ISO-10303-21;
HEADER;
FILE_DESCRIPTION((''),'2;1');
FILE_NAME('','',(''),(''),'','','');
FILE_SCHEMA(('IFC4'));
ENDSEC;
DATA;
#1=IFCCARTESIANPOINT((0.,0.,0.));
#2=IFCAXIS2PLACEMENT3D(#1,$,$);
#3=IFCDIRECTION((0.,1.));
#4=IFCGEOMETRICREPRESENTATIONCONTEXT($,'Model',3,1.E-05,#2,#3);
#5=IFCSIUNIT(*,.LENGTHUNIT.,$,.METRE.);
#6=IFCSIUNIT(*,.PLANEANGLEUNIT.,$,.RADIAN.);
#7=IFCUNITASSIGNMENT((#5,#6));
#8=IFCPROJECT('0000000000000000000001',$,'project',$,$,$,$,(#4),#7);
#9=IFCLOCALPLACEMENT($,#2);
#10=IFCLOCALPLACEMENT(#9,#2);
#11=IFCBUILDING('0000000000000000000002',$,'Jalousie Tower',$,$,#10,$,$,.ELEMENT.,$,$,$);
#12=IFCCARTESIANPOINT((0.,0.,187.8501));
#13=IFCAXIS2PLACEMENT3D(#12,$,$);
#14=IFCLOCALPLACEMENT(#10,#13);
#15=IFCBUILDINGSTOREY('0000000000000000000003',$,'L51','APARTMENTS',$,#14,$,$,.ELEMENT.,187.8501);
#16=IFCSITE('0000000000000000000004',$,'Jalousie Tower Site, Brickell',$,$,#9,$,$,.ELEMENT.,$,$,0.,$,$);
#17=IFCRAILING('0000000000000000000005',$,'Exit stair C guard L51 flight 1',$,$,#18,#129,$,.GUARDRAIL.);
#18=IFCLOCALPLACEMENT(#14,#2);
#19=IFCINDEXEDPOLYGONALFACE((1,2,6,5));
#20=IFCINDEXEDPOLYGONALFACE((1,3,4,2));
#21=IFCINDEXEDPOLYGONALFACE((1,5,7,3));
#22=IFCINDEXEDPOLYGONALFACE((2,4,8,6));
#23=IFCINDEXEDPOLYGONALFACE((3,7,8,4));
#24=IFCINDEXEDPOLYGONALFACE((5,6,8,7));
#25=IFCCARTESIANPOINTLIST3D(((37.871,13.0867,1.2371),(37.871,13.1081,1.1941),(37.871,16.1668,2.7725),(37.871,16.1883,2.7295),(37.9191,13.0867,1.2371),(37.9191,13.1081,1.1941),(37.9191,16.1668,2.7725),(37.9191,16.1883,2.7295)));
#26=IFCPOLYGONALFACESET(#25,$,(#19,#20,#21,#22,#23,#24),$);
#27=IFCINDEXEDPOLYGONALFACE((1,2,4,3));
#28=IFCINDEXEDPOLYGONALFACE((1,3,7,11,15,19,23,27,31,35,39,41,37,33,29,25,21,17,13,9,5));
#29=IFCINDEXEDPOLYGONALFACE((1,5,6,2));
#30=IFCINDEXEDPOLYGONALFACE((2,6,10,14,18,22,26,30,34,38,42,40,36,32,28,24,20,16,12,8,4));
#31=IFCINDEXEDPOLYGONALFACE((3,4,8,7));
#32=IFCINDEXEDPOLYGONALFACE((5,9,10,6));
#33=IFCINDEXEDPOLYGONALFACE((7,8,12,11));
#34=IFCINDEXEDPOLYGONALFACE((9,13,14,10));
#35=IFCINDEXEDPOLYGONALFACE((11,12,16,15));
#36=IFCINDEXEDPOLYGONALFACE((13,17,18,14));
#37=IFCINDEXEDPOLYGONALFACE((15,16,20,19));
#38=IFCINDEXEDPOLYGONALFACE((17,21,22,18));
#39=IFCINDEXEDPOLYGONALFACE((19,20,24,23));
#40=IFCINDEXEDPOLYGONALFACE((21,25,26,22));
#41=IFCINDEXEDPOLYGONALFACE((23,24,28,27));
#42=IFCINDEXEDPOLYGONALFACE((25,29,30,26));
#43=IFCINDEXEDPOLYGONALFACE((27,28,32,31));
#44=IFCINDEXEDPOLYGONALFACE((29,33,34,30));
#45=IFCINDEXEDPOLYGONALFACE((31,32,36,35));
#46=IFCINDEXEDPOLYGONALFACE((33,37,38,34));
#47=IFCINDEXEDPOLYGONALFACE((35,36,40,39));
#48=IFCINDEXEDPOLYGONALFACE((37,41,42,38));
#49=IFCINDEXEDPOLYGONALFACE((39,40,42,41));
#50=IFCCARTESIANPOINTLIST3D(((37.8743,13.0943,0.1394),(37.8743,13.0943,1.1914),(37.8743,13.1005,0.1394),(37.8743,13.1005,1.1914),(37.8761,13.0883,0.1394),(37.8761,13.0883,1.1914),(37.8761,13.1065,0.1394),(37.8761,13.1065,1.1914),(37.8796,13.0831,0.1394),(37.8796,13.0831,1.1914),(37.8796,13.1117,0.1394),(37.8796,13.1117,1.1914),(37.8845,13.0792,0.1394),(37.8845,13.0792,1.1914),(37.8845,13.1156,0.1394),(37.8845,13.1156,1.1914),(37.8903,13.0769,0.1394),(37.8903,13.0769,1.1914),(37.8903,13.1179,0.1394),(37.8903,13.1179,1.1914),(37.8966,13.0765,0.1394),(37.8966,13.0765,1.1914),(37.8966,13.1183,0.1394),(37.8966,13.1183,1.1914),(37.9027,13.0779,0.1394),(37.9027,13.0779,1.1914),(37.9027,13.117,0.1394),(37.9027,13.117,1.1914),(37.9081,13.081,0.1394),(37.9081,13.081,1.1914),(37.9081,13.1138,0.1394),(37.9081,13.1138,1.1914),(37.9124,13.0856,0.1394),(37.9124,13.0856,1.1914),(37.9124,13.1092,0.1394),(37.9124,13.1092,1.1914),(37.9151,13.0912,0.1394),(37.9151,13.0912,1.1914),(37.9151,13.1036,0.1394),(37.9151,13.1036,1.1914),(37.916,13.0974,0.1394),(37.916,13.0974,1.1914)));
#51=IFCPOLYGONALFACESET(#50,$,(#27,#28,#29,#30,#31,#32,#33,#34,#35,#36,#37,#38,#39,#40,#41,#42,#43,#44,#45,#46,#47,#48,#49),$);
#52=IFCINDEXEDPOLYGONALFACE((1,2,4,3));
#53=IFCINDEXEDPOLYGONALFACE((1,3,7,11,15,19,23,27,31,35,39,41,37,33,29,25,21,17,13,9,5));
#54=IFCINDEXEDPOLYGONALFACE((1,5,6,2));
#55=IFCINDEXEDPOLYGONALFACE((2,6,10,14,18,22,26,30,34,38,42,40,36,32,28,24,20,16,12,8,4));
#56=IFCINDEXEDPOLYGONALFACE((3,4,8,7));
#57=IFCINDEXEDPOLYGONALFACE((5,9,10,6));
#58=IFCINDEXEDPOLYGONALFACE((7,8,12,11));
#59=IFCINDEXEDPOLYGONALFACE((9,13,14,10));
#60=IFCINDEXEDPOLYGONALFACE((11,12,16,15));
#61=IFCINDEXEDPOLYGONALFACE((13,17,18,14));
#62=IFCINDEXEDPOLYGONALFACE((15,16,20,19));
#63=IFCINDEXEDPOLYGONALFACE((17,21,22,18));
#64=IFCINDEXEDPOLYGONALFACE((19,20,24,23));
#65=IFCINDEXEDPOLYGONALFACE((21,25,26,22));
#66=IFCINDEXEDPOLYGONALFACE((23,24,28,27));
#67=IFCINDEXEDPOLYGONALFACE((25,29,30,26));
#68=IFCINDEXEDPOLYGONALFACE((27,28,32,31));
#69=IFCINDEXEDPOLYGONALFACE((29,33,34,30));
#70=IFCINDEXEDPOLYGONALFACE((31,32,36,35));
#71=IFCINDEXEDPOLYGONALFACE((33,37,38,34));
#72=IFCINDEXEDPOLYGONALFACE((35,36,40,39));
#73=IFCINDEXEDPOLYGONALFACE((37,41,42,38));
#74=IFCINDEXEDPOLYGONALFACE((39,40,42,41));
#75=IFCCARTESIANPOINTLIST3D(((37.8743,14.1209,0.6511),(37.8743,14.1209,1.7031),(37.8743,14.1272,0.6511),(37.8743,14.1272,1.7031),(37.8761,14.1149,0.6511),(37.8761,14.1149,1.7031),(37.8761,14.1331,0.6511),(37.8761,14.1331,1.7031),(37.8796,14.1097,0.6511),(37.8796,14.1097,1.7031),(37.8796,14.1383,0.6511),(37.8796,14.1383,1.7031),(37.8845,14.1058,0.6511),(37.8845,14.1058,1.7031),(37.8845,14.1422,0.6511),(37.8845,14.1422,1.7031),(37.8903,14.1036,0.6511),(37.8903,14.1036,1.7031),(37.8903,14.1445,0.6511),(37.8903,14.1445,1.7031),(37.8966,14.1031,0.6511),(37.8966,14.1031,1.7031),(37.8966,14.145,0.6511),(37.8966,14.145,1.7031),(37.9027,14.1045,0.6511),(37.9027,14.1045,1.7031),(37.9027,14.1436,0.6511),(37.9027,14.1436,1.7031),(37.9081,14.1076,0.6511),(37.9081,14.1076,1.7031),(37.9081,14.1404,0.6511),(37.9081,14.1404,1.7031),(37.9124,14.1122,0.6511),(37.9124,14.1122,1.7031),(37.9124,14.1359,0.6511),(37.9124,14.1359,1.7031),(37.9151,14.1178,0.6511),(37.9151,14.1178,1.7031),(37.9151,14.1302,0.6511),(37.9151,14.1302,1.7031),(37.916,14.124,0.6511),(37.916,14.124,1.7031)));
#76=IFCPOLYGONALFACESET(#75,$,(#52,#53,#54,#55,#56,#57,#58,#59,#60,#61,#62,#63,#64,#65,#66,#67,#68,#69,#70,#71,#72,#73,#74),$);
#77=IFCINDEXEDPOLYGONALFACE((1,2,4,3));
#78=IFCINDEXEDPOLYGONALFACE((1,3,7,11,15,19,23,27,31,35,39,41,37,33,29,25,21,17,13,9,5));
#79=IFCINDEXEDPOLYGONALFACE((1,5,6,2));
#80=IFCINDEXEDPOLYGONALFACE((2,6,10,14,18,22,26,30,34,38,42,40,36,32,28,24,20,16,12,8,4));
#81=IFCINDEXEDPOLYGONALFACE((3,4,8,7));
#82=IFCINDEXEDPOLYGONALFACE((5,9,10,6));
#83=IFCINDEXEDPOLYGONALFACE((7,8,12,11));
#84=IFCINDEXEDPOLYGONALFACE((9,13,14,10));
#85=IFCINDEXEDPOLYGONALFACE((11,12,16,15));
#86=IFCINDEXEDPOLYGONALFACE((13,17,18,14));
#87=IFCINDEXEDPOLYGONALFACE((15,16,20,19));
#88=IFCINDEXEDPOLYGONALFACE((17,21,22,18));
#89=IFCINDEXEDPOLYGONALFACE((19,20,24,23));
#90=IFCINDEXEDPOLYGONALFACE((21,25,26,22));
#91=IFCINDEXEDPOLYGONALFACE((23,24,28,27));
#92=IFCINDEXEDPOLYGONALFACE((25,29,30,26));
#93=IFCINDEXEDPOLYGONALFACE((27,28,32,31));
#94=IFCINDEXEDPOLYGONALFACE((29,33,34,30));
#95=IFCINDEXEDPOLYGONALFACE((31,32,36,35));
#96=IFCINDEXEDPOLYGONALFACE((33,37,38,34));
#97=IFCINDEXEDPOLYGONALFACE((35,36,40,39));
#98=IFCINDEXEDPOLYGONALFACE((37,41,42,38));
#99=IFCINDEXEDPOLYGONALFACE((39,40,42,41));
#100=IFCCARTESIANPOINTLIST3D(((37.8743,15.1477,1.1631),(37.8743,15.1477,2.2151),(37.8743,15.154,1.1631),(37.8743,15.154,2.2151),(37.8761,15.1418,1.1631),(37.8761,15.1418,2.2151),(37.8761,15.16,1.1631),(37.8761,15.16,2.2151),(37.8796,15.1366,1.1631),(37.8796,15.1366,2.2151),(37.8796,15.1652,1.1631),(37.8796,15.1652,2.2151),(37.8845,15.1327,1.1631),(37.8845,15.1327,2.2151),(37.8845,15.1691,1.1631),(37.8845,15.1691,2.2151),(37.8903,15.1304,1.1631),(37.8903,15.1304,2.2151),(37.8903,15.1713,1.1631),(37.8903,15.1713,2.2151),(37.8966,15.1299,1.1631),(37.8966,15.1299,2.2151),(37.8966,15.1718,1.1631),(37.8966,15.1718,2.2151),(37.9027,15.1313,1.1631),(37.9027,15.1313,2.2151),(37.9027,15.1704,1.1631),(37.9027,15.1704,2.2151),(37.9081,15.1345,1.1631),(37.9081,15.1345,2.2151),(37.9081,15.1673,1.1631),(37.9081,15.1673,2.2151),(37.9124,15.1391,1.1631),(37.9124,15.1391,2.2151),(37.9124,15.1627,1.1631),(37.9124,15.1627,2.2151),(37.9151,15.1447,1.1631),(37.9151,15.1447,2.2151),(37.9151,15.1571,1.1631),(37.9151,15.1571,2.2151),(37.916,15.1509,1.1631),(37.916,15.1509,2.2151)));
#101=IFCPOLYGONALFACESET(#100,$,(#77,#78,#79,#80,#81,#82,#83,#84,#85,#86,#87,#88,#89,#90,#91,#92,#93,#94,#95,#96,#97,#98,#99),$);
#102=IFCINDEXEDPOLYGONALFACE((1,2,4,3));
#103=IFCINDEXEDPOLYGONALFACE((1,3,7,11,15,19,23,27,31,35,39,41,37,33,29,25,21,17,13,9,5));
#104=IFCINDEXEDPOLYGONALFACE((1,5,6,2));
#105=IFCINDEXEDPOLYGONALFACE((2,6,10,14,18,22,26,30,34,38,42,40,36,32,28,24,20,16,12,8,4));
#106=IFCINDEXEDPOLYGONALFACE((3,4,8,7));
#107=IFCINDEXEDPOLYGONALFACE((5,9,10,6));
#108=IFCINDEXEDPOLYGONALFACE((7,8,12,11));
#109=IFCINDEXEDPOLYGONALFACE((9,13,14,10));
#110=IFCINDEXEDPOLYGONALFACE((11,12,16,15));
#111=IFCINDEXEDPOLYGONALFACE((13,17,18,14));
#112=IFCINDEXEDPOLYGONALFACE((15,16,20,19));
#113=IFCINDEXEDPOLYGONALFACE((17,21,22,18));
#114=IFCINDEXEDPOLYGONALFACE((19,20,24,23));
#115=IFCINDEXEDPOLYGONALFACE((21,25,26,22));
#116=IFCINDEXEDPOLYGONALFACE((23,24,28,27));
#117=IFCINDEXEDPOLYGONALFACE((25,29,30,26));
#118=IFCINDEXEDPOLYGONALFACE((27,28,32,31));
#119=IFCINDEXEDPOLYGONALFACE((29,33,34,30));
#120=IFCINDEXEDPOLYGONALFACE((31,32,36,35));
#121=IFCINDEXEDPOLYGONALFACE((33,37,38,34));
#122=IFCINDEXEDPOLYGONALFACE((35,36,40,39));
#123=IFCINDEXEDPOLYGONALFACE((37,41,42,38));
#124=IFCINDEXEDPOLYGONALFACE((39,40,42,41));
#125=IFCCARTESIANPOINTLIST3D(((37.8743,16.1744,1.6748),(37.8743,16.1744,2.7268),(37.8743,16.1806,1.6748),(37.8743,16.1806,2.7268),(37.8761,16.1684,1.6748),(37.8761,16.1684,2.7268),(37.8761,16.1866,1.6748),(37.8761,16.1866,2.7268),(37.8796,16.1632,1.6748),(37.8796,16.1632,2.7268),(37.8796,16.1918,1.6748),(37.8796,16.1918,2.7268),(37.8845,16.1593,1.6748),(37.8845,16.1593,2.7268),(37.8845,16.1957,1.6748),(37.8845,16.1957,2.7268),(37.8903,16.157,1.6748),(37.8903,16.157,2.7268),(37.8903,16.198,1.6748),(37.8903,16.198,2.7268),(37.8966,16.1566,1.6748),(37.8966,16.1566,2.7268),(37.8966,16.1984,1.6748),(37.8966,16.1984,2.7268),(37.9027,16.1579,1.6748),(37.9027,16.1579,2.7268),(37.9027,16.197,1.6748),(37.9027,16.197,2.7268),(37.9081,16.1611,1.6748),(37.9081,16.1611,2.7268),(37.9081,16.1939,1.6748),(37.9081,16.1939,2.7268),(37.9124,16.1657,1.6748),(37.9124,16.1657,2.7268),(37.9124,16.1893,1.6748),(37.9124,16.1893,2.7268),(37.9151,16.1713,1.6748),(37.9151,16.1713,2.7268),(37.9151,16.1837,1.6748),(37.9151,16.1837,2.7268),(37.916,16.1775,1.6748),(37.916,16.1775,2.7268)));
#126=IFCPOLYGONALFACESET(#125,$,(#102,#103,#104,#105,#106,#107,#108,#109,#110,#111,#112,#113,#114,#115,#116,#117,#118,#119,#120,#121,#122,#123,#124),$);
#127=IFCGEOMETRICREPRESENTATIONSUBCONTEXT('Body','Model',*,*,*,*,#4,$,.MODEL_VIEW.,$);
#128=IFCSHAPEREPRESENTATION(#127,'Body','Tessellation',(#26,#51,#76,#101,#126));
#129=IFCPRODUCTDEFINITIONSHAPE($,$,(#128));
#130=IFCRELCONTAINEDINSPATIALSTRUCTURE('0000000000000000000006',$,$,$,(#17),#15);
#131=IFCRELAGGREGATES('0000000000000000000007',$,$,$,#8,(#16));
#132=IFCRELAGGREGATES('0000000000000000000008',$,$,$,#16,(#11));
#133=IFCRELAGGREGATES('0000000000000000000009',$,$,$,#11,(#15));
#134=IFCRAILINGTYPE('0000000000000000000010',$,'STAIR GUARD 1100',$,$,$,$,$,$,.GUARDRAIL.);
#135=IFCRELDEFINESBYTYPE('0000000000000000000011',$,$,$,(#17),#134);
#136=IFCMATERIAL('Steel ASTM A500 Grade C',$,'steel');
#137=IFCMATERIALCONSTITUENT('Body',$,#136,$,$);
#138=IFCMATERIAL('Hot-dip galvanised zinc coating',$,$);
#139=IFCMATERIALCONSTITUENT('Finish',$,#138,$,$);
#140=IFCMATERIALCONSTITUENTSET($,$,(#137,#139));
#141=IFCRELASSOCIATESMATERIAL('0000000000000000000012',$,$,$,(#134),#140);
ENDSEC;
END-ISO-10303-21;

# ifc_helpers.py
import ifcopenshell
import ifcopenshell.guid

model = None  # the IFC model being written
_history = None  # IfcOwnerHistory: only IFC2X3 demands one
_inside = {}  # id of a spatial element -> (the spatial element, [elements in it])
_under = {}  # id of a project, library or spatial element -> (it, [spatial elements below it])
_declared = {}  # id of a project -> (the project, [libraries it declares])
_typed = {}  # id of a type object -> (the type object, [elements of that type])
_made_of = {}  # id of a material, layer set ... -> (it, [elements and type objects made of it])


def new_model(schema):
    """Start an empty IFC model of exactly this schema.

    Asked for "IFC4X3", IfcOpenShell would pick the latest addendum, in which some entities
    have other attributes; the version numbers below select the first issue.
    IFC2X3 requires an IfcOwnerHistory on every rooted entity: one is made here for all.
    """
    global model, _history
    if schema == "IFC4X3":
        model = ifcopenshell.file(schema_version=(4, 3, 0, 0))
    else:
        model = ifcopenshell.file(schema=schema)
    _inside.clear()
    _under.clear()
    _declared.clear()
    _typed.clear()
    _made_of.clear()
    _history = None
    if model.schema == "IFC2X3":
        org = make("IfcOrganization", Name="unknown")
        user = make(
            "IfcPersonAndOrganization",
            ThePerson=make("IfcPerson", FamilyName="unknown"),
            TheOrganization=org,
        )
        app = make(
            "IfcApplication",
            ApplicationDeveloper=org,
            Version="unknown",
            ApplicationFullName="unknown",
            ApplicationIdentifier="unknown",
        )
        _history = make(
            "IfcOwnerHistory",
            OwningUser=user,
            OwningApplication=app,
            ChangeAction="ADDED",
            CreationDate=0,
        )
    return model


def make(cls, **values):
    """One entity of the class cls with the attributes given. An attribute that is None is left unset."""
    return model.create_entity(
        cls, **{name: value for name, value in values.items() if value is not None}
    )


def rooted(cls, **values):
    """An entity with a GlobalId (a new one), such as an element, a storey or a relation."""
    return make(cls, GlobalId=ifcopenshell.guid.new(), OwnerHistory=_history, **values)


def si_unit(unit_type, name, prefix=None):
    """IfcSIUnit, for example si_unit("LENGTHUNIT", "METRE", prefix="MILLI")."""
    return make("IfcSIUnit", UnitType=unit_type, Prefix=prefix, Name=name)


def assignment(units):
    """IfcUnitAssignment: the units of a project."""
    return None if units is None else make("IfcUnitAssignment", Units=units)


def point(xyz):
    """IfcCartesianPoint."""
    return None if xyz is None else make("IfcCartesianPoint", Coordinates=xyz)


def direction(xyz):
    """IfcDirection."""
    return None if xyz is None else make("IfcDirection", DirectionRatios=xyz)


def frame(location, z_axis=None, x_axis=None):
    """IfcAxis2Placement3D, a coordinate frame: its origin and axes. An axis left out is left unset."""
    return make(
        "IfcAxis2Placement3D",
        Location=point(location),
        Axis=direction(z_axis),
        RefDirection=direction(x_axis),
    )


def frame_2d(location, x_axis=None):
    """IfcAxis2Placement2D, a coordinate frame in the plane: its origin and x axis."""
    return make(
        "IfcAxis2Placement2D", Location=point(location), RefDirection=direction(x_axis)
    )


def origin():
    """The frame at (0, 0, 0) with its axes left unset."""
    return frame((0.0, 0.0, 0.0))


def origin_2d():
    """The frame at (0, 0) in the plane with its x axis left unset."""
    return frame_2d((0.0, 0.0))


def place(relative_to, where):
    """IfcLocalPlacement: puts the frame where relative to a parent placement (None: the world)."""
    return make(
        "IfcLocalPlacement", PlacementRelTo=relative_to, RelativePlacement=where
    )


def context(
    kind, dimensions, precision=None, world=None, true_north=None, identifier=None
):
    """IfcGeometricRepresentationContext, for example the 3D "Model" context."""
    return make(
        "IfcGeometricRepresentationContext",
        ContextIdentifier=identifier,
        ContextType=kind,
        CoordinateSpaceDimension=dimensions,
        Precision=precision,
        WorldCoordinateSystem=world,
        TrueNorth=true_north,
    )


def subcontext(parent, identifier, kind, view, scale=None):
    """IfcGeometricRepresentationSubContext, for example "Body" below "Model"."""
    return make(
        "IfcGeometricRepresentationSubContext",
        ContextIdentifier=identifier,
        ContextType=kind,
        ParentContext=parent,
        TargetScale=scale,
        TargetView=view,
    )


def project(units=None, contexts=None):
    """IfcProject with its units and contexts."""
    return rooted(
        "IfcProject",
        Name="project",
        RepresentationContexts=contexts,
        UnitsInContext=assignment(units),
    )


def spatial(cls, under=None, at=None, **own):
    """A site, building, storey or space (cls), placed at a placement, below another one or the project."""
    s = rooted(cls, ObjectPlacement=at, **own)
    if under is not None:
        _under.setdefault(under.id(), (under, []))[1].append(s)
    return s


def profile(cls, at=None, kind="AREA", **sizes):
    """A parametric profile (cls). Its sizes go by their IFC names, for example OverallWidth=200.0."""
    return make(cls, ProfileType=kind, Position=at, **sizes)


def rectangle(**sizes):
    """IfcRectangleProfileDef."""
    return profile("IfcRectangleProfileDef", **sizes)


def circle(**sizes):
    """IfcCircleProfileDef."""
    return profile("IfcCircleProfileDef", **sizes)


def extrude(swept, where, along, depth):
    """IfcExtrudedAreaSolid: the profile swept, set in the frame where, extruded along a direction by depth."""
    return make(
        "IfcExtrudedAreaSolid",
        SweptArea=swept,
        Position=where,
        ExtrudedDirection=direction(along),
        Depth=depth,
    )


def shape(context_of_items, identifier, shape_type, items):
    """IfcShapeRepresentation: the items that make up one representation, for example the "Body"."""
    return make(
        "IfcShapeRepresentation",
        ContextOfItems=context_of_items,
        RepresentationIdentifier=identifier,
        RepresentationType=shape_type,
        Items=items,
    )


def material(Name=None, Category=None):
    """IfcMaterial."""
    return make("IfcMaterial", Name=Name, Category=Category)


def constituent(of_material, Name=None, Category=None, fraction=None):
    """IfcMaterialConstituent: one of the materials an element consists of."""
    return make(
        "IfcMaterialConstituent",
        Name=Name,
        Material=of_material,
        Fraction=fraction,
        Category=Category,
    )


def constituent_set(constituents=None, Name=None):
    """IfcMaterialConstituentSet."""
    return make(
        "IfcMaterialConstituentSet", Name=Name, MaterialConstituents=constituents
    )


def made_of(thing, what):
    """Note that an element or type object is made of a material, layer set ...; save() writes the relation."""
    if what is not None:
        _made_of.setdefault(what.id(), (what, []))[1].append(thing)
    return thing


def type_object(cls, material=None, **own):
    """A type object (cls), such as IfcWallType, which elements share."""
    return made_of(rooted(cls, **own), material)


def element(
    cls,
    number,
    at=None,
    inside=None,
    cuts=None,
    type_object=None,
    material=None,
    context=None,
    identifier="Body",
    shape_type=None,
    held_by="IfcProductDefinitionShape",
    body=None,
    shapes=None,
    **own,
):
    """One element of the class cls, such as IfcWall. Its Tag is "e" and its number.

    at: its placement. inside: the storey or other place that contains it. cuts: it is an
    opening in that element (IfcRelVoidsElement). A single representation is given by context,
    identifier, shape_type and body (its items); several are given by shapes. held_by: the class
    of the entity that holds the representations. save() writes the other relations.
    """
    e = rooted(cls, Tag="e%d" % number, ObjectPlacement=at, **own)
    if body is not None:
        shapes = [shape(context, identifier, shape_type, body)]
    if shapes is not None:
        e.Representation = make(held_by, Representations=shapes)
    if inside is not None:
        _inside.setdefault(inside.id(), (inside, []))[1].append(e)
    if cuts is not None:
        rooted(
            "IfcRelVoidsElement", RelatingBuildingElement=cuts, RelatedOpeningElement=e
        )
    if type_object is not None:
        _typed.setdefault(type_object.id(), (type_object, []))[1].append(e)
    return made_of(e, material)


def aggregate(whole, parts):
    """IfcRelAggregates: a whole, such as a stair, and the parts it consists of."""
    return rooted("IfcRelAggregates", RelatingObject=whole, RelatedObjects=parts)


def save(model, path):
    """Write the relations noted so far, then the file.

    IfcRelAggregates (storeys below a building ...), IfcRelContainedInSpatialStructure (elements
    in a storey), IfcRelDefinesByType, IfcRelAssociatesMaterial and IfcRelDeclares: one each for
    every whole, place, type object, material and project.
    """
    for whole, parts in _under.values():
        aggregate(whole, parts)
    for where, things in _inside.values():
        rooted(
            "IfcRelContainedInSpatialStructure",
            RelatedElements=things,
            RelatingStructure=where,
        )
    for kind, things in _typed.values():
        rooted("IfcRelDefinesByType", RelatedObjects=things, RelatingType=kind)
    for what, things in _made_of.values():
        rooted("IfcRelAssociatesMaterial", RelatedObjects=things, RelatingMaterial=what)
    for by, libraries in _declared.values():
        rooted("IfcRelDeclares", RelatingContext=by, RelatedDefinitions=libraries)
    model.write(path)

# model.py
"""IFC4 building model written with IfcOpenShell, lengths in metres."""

from ifc_helpers import new_model, si_unit, direction, frame, origin, origin_2d, place, context, subcontext, project, spatial, rectangle, circle, extrude, material, constituent, constituent_set, type_object, element, save


model = new_model("IFC4")

# Units and contexts
model_context = context("Model", 3, precision=1e-05, world=origin(), true_north=direction((0.0, 1.0)))
body_context = subcontext(model_context, "Body", "Model", "MODEL_VIEW")
ifc_project = project(units=[si_unit("LENGTHUNIT", "METRE"), si_unit("PLANEANGLEUNIT", "RADIAN")], contexts=[model_context])

# Site, building, storey
site_placement = place(None, origin())
site = spatial("IfcSite", under=ifc_project, at=site_placement, Name="Jalousie Tower Site, Brickell", CompositionType="ELEMENT", RefElevation=0.0)
building_placement = place(site_placement, origin())
building = spatial("IfcBuilding", under=site, at=building_placement, Name="Jalousie Tower", CompositionType="ELEMENT")
storey_placement = place(building_placement, frame((0.0, 0.0, 187.8501)))
storey = spatial("IfcBuildingStorey", under=building, at=storey_placement, Name="L51", Description="APARTMENTS", CompositionType="ELEMENT", Elevation=187.8501)

# Railing
ifc_material_1 = material(Name="Steel ASTM A500 Grade C", Category="steel")
ifc_constituent_1 = constituent(ifc_material_1, Name="Body")
ifc_material_2 = material(Name="Hot-dip galvanised zinc coating")
ifc_constituent_2 = constituent(ifc_material_2, Name="Finish")
ifc_constituent_set_1 = constituent_set(constituents=[ifc_constituent_1, ifc_constituent_2])
railing_type_1 = type_object("IfcRailingType", Name="STAIR GUARD 1100", PredefinedType="GUARDRAIL", material=ifc_constituent_set_1)
railing_1_placement = place(storey_placement, frame((37.895, 13.0974, 0.1394)))
element("IfcRailing", 1, at=railing_1_placement, inside=storey, type_object=railing_type_1, Name="Exit stair C guard L51 flight 1", PredefinedType="GUARDRAIL", context=body_context, shape_type="SweptSolid", body=[
    extrude(rectangle(XDim=0.0481, YDim=0.0481, at=origin_2d()), frame((0.0, 0.0, 1.0762), z_axis=(0.0, 0.894966, 0.446135), x_axis=(-1.0, 0.0, 0.0)), (0.0, 0.0, 1.0), 3.4417),
    extrude(circle(Radius=0.021, at=origin_2d()), origin(), (0.0, 0.0, 1.0), 1.052),
    extrude(circle(Radius=0.021, at=origin_2d()), frame((0.0, 1.0266, 0.5117)), (0.0, 0.0, 1.0), 1.052),
    extrude(circle(Radius=0.021, at=origin_2d()), frame((0.0, 2.0535, 1.0237)), (0.0, 0.0, 1.0), 1.052),
    extrude(circle(Radius=0.021, at=origin_2d()), frame((0.0, 3.0801, 1.5354)), (0.0, 0.0, 1.0), 1.052),
])

save(model, "model.ifc")
